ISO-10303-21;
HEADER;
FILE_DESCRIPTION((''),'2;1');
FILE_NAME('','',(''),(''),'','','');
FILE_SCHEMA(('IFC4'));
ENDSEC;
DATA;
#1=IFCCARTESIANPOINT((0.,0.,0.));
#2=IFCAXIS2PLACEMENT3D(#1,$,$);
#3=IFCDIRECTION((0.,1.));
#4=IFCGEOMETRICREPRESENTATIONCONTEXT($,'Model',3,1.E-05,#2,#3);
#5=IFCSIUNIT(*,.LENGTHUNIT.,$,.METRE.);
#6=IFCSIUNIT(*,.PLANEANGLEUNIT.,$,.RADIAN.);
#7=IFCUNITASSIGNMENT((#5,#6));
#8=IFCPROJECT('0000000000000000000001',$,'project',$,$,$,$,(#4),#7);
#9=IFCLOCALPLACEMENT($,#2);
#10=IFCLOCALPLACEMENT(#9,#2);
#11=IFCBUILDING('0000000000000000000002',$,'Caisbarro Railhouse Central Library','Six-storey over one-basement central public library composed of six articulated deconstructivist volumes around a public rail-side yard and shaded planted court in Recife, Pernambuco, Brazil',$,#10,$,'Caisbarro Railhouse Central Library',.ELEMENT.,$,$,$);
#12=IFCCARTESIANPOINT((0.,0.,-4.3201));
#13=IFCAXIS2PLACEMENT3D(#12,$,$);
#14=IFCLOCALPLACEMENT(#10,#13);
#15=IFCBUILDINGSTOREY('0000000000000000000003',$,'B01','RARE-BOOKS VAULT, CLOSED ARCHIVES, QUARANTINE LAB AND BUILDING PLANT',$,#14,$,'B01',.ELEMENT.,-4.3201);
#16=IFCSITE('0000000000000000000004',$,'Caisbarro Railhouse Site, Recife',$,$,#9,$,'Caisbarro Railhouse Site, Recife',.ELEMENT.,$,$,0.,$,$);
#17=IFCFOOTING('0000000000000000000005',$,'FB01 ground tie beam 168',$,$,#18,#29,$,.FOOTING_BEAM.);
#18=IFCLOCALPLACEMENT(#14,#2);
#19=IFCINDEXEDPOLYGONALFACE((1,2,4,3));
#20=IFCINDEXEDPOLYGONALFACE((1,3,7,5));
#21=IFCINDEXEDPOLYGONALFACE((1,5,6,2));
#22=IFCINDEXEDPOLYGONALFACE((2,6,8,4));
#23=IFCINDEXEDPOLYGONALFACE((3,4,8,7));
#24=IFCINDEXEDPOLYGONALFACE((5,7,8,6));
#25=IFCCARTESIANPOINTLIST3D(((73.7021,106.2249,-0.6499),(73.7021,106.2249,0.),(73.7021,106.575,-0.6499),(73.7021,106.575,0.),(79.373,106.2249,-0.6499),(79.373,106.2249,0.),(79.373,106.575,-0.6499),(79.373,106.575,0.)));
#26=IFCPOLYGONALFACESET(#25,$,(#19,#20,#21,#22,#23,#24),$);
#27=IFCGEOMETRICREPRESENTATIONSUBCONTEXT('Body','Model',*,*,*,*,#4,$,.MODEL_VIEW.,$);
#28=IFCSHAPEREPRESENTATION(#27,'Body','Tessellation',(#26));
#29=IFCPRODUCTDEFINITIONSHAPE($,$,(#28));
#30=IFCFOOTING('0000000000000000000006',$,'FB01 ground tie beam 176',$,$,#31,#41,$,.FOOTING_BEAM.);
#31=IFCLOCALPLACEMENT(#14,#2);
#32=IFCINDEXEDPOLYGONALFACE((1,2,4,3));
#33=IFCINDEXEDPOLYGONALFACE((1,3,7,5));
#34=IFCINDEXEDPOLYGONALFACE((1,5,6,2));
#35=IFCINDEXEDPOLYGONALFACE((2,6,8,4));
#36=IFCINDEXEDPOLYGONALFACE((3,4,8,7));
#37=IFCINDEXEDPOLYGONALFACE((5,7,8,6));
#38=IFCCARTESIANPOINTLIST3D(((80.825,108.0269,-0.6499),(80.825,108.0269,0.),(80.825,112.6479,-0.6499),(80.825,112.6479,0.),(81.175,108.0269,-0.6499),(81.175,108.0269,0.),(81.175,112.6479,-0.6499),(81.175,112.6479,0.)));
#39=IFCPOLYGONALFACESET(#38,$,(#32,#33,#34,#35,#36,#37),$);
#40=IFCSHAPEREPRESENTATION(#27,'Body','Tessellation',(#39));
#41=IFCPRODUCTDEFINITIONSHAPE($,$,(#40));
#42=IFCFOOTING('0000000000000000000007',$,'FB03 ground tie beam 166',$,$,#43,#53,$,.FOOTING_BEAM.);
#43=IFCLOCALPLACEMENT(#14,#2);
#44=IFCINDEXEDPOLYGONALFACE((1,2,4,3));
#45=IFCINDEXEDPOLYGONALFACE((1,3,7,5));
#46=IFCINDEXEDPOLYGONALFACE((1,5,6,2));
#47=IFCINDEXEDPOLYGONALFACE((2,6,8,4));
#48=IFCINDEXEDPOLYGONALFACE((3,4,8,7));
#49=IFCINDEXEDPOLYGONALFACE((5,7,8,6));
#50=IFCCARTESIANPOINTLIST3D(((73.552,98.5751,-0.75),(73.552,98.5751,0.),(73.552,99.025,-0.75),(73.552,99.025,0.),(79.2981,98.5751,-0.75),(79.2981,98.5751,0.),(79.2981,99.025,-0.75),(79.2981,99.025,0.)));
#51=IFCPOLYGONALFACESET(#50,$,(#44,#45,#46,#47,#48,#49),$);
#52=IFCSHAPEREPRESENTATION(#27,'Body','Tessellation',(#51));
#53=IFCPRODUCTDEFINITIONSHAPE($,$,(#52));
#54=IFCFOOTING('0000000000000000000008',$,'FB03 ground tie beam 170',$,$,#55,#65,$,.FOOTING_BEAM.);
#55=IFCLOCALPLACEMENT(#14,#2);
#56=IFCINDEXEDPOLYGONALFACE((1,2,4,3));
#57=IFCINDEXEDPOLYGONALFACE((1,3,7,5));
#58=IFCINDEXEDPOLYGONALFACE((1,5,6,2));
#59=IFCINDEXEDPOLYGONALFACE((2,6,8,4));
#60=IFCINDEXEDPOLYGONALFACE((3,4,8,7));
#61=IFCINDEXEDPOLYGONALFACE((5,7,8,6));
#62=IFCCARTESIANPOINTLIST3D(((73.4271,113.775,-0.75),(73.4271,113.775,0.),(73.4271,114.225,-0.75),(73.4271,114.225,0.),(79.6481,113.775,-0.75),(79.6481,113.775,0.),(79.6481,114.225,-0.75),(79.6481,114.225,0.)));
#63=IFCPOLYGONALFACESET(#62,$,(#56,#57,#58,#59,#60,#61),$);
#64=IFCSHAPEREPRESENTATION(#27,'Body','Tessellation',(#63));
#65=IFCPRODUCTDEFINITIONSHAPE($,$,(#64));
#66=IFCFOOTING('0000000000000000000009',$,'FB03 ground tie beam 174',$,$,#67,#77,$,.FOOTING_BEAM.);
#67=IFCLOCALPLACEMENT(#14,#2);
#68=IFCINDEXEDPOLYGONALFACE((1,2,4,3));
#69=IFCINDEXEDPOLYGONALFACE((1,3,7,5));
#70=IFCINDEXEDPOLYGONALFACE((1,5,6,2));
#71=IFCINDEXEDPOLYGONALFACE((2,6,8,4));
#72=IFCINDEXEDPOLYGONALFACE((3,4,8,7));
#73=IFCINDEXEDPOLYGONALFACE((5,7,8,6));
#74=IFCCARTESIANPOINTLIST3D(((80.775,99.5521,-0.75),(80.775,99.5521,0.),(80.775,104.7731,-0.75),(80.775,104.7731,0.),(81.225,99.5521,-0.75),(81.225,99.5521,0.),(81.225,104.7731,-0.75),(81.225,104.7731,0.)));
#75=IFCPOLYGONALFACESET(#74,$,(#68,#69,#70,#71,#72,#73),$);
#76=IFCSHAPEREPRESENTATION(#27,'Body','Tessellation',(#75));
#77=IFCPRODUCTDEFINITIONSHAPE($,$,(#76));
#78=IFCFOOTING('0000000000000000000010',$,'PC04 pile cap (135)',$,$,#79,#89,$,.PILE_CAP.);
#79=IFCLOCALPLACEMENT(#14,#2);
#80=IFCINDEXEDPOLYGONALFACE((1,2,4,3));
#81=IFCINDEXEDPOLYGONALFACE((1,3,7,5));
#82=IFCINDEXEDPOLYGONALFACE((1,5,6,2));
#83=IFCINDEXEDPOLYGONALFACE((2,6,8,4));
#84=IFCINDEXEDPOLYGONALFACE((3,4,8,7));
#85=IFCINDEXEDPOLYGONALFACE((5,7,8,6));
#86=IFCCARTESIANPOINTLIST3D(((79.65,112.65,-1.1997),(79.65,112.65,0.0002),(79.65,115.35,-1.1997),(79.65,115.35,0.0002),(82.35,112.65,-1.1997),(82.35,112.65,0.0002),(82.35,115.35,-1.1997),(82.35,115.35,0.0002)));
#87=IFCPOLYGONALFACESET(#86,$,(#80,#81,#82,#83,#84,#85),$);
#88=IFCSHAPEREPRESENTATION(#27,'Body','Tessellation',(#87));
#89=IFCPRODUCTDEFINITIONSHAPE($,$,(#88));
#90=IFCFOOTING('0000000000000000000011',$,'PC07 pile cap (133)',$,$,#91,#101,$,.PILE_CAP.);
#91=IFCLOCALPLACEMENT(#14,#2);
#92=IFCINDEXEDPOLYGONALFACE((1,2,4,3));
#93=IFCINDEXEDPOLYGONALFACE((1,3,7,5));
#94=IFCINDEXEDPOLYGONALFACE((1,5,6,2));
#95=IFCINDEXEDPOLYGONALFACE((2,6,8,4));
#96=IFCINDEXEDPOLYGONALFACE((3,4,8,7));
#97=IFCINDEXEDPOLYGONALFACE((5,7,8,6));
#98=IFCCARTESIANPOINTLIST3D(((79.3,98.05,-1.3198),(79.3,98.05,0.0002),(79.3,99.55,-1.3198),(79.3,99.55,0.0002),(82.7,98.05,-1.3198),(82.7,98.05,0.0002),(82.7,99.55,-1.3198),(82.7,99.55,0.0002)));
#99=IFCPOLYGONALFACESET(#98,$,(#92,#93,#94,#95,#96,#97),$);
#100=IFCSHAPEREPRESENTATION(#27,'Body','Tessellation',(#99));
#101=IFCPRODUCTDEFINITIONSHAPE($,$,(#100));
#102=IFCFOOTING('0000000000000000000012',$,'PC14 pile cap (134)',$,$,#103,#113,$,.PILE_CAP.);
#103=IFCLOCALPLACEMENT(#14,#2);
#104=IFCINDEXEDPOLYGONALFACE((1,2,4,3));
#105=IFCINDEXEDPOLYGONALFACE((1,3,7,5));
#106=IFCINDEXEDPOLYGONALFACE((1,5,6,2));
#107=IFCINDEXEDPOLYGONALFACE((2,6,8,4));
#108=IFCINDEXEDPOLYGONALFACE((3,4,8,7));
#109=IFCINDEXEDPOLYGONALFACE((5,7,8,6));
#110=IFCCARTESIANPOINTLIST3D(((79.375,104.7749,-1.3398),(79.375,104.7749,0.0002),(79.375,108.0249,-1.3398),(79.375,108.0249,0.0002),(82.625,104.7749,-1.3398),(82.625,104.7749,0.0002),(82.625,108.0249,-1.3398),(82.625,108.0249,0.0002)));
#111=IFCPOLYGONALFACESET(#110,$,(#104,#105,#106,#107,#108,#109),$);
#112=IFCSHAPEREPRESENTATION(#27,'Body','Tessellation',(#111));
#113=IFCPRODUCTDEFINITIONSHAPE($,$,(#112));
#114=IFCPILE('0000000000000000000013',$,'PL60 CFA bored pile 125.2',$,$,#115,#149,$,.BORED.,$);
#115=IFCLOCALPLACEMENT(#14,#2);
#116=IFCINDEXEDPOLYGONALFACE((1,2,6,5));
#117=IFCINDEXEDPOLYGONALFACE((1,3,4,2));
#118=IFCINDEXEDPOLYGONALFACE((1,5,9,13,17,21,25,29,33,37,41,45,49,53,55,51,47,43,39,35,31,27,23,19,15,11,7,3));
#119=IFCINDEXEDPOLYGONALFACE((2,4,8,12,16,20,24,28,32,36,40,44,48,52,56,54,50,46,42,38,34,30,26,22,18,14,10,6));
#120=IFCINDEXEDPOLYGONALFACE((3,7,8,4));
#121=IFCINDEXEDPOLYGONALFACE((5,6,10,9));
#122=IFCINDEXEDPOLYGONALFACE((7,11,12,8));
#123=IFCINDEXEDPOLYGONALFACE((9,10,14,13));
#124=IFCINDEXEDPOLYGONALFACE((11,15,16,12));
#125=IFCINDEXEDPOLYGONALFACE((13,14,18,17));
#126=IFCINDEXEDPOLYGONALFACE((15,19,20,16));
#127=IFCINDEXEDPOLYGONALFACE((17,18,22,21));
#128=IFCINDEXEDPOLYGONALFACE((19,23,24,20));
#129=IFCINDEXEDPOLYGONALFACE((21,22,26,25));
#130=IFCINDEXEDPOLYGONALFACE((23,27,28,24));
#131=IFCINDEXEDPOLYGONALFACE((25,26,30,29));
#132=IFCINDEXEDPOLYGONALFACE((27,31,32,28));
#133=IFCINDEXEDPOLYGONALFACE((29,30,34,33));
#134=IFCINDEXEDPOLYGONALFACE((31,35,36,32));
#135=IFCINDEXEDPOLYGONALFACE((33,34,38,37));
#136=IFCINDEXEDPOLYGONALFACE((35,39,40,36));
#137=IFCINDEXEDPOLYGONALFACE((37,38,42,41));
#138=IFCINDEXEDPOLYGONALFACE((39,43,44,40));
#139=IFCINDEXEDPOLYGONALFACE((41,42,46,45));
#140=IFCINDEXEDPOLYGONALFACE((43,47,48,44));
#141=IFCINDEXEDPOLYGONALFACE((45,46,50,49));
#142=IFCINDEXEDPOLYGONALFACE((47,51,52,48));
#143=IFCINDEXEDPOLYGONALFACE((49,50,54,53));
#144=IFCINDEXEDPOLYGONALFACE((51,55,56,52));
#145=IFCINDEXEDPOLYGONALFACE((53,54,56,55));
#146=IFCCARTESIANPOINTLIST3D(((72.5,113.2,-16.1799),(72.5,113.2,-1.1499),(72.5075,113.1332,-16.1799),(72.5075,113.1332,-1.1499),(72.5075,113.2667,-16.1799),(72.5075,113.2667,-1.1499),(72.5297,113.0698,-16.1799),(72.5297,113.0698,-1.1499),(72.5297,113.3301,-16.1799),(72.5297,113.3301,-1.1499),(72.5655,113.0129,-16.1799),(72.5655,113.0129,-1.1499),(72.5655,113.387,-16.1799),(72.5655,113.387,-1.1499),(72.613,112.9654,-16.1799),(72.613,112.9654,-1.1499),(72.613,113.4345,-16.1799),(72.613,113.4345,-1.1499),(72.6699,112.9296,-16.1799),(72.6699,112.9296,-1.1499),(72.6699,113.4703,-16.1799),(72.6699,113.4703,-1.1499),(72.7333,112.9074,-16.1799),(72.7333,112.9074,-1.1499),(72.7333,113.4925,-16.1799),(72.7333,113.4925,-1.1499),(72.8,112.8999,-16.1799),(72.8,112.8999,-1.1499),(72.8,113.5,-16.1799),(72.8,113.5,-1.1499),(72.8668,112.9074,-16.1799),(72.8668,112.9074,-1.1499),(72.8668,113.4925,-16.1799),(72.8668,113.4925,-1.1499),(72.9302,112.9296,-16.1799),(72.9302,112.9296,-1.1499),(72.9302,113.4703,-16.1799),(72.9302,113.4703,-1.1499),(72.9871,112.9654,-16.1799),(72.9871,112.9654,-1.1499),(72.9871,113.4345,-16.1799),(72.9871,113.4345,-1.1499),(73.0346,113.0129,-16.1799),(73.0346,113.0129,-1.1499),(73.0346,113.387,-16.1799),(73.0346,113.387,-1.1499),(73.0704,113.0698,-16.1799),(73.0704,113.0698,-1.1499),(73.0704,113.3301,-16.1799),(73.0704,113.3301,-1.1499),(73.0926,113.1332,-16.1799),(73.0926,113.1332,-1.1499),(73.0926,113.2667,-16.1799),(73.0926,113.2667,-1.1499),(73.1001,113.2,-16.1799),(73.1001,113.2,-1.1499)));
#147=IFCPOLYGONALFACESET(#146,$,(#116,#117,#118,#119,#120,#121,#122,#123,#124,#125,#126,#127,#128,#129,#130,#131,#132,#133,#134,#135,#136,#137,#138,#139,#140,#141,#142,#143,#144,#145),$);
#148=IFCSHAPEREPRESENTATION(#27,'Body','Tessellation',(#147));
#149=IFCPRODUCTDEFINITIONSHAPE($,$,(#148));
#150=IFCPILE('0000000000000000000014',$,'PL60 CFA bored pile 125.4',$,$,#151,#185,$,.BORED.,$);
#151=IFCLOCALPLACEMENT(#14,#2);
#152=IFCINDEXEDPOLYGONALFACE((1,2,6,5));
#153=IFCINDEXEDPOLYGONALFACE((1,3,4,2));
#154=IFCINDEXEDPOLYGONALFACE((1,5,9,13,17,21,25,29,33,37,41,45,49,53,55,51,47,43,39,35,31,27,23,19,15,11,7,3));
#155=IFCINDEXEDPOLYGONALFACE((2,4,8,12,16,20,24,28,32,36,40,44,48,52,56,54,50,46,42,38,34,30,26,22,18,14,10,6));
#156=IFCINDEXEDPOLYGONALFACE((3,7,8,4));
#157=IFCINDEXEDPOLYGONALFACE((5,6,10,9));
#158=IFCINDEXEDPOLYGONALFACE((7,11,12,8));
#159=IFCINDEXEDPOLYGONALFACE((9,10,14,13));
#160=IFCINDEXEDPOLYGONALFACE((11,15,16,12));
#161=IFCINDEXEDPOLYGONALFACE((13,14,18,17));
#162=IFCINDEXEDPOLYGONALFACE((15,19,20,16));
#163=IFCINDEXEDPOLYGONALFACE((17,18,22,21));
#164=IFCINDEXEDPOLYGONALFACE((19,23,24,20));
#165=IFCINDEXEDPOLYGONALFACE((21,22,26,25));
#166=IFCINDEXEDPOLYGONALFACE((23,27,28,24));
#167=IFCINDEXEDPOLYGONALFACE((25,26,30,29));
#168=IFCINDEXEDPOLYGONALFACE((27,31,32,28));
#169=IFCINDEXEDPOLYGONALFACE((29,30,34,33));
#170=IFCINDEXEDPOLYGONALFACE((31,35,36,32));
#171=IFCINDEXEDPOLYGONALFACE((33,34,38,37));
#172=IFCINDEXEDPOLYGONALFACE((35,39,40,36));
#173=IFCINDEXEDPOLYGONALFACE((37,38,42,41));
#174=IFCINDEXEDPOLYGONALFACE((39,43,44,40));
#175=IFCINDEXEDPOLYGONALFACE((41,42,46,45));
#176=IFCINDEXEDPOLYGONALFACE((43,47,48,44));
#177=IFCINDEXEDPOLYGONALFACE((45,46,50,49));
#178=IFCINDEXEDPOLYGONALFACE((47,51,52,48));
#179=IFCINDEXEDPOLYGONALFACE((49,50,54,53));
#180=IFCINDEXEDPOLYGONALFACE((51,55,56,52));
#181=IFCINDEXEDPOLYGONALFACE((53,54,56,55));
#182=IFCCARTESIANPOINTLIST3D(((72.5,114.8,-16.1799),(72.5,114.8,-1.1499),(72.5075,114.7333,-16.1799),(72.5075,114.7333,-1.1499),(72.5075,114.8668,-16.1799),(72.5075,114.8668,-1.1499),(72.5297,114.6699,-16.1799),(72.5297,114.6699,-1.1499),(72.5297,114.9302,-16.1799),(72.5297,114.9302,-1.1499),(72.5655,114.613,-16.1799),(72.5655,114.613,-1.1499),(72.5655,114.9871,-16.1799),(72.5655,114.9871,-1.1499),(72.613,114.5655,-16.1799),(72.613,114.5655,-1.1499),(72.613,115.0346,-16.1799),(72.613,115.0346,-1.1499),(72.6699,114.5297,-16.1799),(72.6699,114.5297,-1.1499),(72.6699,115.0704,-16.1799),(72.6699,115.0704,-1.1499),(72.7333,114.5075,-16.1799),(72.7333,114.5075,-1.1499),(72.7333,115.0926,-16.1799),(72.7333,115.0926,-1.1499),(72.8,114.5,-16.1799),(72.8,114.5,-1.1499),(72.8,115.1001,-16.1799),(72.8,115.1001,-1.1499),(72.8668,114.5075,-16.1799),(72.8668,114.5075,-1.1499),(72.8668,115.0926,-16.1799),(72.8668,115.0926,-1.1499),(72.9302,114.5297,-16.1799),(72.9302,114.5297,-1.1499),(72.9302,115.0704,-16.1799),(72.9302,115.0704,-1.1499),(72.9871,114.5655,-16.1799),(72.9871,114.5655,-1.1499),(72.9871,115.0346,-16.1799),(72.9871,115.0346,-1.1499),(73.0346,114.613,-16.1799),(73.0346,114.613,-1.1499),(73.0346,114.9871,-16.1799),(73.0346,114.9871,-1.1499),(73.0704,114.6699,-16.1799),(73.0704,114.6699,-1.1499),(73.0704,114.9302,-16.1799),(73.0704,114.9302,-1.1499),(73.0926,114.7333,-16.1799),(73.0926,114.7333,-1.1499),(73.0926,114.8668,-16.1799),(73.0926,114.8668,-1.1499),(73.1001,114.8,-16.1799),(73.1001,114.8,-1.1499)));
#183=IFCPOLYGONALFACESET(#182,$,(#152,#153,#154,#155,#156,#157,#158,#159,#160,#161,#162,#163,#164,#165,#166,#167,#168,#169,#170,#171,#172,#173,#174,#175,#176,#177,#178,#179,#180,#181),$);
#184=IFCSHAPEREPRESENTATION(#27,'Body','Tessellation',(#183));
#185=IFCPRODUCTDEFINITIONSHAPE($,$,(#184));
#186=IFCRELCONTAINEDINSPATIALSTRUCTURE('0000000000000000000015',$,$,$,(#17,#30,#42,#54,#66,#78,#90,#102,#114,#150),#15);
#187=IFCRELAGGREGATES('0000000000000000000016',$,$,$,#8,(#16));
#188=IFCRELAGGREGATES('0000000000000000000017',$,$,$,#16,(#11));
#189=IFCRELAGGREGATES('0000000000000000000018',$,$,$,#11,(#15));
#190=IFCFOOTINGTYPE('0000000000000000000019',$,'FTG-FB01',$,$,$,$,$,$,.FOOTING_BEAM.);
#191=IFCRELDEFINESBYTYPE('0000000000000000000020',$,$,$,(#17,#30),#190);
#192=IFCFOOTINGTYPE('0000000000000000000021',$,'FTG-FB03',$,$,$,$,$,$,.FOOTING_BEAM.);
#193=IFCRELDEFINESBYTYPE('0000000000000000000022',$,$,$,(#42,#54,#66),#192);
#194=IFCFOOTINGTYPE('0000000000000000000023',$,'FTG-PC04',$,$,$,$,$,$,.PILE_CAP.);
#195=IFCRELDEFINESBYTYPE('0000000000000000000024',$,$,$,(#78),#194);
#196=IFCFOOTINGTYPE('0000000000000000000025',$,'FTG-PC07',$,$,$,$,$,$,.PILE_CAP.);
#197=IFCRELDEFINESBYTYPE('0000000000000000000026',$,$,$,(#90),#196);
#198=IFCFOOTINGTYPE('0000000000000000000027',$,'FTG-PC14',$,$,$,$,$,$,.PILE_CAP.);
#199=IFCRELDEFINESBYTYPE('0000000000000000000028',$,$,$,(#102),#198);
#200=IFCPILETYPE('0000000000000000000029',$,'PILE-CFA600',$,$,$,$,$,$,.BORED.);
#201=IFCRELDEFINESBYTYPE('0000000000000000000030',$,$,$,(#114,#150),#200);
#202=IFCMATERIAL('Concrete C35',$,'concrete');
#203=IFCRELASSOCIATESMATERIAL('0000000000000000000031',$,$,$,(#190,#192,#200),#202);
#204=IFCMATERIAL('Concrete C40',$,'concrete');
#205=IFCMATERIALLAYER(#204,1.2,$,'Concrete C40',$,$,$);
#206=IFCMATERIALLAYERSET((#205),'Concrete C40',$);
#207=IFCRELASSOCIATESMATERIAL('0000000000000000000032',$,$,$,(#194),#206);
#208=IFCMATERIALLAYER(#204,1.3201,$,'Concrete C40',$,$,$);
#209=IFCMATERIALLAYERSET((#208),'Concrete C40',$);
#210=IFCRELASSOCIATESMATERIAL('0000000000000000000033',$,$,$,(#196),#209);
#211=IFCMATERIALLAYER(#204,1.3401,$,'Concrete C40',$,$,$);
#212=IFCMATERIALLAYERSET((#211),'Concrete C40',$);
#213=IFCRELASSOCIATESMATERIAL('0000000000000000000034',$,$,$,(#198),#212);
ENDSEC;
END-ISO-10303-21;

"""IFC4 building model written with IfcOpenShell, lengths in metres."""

from ifc_helpers import new_model, si_unit, direction, frame, origin, origin_2d, place, context, subcontext, project, spatial, rectangle, circle, extrude, material, layer, layer_set, material_profile, profile_set, type_object, element, save


model = new_model("IFC4")

# Units and contexts
model_context = context("Model", 3, precision=1e-05, world=origin(), true_north=direction((0.0, 1.0)))
body_context = subcontext(model_context, "Body", "Model", "MODEL_VIEW")
ifc_project = project(units=[si_unit("LENGTHUNIT", "METRE"), si_unit("PLANEANGLEUNIT", "RADIAN")], contexts=[model_context])

# Site, building, storey
site_placement = place(None, origin())
site = spatial("IfcSite", under=ifc_project, at=site_placement, Name="Caisbarro Railhouse Site, Recife", LongName="Caisbarro Railhouse Site, Recife", CompositionType="ELEMENT", RefElevation=0.0)
building_placement = place(site_placement, origin())
building = spatial("IfcBuilding", under=site, at=building_placement, Name="Caisbarro Railhouse Central Library", Description="Six-storey over one-basement central public library composed of six articulated deconstructivist volumes around a public rail-side yard and shaded planted court in Recife, Pernambuco, Brazil", LongName="Caisbarro Railhouse Central Library", CompositionType="ELEMENT")
storey_placement = place(building_placement, frame((0.0, 0.0, -4.3201)))
storey = spatial("IfcBuildingStorey", under=building, at=storey_placement, Name="B01", Description="RARE-BOOKS VAULT, CLOSED ARCHIVES, QUARANTINE LAB AND BUILDING PLANT", LongName="B01", CompositionType="ELEMENT", Elevation=-4.3201)

# Footings
ifc_material_1 = material(Name="Concrete C35", Category="concrete")
footing_type_1 = type_object("IfcFootingType", Name="FTG-FB01", PredefinedType="FOOTING_BEAM", material=ifc_material_1)
footing_1_placement = place(storey_placement, frame((76.5376, 106.3999, -0.6499), z_axis=(0.0, 0.0, 1.0), x_axis=(1.0, 0.0, 0.0)))
element("IfcFooting", 1, at=footing_1_placement, inside=storey, type_object=footing_type_1, Name="FB01 ground tie beam 168", PredefinedType="FOOTING_BEAM", context=body_context, shape_type="SweptSolid", body=[
    extrude(rectangle(XDim=5.6709, YDim=0.3501, at=origin_2d()), origin(), (0.0, 0.0, 1.0), 0.6499),
])
footing_2_placement = place(storey_placement, frame((81.0, 110.3374, -0.6499), z_axis=(0.0, 0.0, 1.0), x_axis=(0.0, 1.0, 0.0)))
element("IfcFooting", 2, at=footing_2_placement, inside=storey, type_object=footing_type_1, Name="FB01 ground tie beam 176", PredefinedType="FOOTING_BEAM", context=body_context, shape_type="SweptSolid", body=[
    extrude(rectangle(XDim=4.6211, YDim=0.3501, at=origin_2d()), origin(), (0.0, 0.0, 1.0), 0.6499),
])
footing_type_2 = type_object("IfcFootingType", Name="FTG-FB03", PredefinedType="FOOTING_BEAM", material=ifc_material_1)
footing_3_placement = place(storey_placement, frame((76.425, 98.8, -0.75), z_axis=(0.0, 0.0, 1.0), x_axis=(1.0, 0.0, 0.0)))
element("IfcFooting", 3, at=footing_3_placement, inside=storey, type_object=footing_type_2, Name="FB03 ground tie beam 166", PredefinedType="FOOTING_BEAM", context=body_context, shape_type="SweptSolid", body=[
    extrude(rectangle(XDim=5.7461, YDim=0.45, at=origin_2d()), origin(), (0.0, 0.0, 1.0), 0.75),
])
footing_4_placement = place(storey_placement, frame((76.5376, 114.0, -0.75), z_axis=(0.0, 0.0, 1.0), x_axis=(1.0, 0.0, 0.0)))
element("IfcFooting", 4, at=footing_4_placement, inside=storey, type_object=footing_type_2, Name="FB03 ground tie beam 170", PredefinedType="FOOTING_BEAM", context=body_context, shape_type="SweptSolid", body=[
    extrude(rectangle(XDim=6.2209, YDim=0.45, at=origin_2d()), origin(), (0.0, 0.0, 1.0), 0.75),
])
footing_5_placement = place(storey_placement, frame((81.0, 102.1626, -0.75), z_axis=(0.0, 0.0, 1.0), x_axis=(0.0, 1.0, 0.0)))
element("IfcFooting", 5, at=footing_5_placement, inside=storey, type_object=footing_type_2, Name="FB03 ground tie beam 174", PredefinedType="FOOTING_BEAM", context=body_context, shape_type="SweptSolid", body=[
    extrude(rectangle(XDim=5.2209, YDim=0.45, at=origin_2d()), origin(), (0.0, 0.0, 1.0), 0.75),
])
ifc_material_2 = material(Name="Concrete C40", Category="concrete")
ifc_layer_1 = layer(ifc_material_2, 1.2, Name="Concrete C40")
ifc_layer_set_1 = layer_set([ifc_layer_1], Name="Concrete C40")
footing_type_3 = type_object("IfcFootingType", Name="FTG-PC04", PredefinedType="PILE_CAP", material=ifc_layer_set_1)
footing_6_placement = place(storey_placement, frame((81.0, 114.0, -1.1997), z_axis=(0.0, 0.0, 1.0), x_axis=(1.0, 0.0, 0.0)))
element("IfcFooting", 6, at=footing_6_placement, inside=storey, type_object=footing_type_3, Name="PC04 pile cap (135)", PredefinedType="PILE_CAP", context=body_context, shape_type="SweptSolid", body=[
    extrude(rectangle(XDim=2.7, YDim=2.7, at=origin_2d()), origin(), (0.0, 0.0, 1.0), 1.2),
])
ifc_layer_2 = layer(ifc_material_2, 1.3201, Name="Concrete C40")
ifc_layer_set_2 = layer_set([ifc_layer_2], Name="Concrete C40")
footing_type_4 = type_object("IfcFootingType", Name="FTG-PC07", PredefinedType="PILE_CAP", material=ifc_layer_set_2)
footing_7_placement = place(storey_placement, frame((81.0, 98.8, -1.3198), z_axis=(0.0, 0.0, 1.0), x_axis=(1.0, 0.0, 0.0)))
element("IfcFooting", 7, at=footing_7_placement, inside=storey, type_object=footing_type_4, Name="PC07 pile cap (133)", PredefinedType="PILE_CAP", context=body_context, shape_type="SweptSolid", body=[
    extrude(rectangle(XDim=3.3999, YDim=1.5, at=origin_2d()), origin(), (0.0, 0.0, 1.0), 1.3201),
])
ifc_layer_3 = layer(ifc_material_2, 1.3401, Name="Concrete C40")
ifc_layer_set_3 = layer_set([ifc_layer_3], Name="Concrete C40")
footing_type_5 = type_object("IfcFootingType", Name="FTG-PC14", PredefinedType="PILE_CAP", material=ifc_layer_set_3)
footing_8_placement = place(storey_placement, frame((81.0, 106.3999, -1.3398), z_axis=(0.0, 0.0, 1.0), x_axis=(1.0, 0.0, 0.0)))
element("IfcFooting", 8, at=footing_8_placement, inside=storey, type_object=footing_type_5, Name="PC14 pile cap (134)", PredefinedType="PILE_CAP", context=body_context, shape_type="SweptSolid", body=[
    extrude(rectangle(XDim=3.25, YDim=3.25, at=origin_2d()), origin(), (0.0, 0.0, 1.0), 1.3401),
])

# Piles
ifc_material_profile_1 = material_profile(ifc_material_1, circle(Radius=0.3, at=origin_2d()), Name="PILE-CFA-600")
ifc_profile_set_1 = profile_set([ifc_material_profile_1], Name="Concrete C35")
pile_type_1 = type_object("IfcPileType", Name="PILE-CFA600", PredefinedType="BORED", material=ifc_profile_set_1)
for number, where, z_axis, x_axis, name in (
    (9, (72.8, 113.2, -1.1499), (0.0, 0.0, -1.0), (1.0, 0.0, 0.0), "PL60 CFA bored pile 125.2"),
    (10, (72.8, 114.8, -1.1499), (0.0, 0.0, -1.0), (1.0, 0.0, 0.0), "PL60 CFA bored pile 125.4"),
):
    element("IfcPile", number, at=place(storey_placement, frame(where, z_axis=z_axis, x_axis=x_axis)), inside=storey, type_object=pile_type_1, Name=name, PredefinedType="BORED", context=body_context, shape_type="SweptSolid", body=[
        extrude(circle(Radius=0.3, at=origin_2d()), origin(), (0.0, 0.0, 1.0), 15.03),
    ])

save(model, "model.ifc")
